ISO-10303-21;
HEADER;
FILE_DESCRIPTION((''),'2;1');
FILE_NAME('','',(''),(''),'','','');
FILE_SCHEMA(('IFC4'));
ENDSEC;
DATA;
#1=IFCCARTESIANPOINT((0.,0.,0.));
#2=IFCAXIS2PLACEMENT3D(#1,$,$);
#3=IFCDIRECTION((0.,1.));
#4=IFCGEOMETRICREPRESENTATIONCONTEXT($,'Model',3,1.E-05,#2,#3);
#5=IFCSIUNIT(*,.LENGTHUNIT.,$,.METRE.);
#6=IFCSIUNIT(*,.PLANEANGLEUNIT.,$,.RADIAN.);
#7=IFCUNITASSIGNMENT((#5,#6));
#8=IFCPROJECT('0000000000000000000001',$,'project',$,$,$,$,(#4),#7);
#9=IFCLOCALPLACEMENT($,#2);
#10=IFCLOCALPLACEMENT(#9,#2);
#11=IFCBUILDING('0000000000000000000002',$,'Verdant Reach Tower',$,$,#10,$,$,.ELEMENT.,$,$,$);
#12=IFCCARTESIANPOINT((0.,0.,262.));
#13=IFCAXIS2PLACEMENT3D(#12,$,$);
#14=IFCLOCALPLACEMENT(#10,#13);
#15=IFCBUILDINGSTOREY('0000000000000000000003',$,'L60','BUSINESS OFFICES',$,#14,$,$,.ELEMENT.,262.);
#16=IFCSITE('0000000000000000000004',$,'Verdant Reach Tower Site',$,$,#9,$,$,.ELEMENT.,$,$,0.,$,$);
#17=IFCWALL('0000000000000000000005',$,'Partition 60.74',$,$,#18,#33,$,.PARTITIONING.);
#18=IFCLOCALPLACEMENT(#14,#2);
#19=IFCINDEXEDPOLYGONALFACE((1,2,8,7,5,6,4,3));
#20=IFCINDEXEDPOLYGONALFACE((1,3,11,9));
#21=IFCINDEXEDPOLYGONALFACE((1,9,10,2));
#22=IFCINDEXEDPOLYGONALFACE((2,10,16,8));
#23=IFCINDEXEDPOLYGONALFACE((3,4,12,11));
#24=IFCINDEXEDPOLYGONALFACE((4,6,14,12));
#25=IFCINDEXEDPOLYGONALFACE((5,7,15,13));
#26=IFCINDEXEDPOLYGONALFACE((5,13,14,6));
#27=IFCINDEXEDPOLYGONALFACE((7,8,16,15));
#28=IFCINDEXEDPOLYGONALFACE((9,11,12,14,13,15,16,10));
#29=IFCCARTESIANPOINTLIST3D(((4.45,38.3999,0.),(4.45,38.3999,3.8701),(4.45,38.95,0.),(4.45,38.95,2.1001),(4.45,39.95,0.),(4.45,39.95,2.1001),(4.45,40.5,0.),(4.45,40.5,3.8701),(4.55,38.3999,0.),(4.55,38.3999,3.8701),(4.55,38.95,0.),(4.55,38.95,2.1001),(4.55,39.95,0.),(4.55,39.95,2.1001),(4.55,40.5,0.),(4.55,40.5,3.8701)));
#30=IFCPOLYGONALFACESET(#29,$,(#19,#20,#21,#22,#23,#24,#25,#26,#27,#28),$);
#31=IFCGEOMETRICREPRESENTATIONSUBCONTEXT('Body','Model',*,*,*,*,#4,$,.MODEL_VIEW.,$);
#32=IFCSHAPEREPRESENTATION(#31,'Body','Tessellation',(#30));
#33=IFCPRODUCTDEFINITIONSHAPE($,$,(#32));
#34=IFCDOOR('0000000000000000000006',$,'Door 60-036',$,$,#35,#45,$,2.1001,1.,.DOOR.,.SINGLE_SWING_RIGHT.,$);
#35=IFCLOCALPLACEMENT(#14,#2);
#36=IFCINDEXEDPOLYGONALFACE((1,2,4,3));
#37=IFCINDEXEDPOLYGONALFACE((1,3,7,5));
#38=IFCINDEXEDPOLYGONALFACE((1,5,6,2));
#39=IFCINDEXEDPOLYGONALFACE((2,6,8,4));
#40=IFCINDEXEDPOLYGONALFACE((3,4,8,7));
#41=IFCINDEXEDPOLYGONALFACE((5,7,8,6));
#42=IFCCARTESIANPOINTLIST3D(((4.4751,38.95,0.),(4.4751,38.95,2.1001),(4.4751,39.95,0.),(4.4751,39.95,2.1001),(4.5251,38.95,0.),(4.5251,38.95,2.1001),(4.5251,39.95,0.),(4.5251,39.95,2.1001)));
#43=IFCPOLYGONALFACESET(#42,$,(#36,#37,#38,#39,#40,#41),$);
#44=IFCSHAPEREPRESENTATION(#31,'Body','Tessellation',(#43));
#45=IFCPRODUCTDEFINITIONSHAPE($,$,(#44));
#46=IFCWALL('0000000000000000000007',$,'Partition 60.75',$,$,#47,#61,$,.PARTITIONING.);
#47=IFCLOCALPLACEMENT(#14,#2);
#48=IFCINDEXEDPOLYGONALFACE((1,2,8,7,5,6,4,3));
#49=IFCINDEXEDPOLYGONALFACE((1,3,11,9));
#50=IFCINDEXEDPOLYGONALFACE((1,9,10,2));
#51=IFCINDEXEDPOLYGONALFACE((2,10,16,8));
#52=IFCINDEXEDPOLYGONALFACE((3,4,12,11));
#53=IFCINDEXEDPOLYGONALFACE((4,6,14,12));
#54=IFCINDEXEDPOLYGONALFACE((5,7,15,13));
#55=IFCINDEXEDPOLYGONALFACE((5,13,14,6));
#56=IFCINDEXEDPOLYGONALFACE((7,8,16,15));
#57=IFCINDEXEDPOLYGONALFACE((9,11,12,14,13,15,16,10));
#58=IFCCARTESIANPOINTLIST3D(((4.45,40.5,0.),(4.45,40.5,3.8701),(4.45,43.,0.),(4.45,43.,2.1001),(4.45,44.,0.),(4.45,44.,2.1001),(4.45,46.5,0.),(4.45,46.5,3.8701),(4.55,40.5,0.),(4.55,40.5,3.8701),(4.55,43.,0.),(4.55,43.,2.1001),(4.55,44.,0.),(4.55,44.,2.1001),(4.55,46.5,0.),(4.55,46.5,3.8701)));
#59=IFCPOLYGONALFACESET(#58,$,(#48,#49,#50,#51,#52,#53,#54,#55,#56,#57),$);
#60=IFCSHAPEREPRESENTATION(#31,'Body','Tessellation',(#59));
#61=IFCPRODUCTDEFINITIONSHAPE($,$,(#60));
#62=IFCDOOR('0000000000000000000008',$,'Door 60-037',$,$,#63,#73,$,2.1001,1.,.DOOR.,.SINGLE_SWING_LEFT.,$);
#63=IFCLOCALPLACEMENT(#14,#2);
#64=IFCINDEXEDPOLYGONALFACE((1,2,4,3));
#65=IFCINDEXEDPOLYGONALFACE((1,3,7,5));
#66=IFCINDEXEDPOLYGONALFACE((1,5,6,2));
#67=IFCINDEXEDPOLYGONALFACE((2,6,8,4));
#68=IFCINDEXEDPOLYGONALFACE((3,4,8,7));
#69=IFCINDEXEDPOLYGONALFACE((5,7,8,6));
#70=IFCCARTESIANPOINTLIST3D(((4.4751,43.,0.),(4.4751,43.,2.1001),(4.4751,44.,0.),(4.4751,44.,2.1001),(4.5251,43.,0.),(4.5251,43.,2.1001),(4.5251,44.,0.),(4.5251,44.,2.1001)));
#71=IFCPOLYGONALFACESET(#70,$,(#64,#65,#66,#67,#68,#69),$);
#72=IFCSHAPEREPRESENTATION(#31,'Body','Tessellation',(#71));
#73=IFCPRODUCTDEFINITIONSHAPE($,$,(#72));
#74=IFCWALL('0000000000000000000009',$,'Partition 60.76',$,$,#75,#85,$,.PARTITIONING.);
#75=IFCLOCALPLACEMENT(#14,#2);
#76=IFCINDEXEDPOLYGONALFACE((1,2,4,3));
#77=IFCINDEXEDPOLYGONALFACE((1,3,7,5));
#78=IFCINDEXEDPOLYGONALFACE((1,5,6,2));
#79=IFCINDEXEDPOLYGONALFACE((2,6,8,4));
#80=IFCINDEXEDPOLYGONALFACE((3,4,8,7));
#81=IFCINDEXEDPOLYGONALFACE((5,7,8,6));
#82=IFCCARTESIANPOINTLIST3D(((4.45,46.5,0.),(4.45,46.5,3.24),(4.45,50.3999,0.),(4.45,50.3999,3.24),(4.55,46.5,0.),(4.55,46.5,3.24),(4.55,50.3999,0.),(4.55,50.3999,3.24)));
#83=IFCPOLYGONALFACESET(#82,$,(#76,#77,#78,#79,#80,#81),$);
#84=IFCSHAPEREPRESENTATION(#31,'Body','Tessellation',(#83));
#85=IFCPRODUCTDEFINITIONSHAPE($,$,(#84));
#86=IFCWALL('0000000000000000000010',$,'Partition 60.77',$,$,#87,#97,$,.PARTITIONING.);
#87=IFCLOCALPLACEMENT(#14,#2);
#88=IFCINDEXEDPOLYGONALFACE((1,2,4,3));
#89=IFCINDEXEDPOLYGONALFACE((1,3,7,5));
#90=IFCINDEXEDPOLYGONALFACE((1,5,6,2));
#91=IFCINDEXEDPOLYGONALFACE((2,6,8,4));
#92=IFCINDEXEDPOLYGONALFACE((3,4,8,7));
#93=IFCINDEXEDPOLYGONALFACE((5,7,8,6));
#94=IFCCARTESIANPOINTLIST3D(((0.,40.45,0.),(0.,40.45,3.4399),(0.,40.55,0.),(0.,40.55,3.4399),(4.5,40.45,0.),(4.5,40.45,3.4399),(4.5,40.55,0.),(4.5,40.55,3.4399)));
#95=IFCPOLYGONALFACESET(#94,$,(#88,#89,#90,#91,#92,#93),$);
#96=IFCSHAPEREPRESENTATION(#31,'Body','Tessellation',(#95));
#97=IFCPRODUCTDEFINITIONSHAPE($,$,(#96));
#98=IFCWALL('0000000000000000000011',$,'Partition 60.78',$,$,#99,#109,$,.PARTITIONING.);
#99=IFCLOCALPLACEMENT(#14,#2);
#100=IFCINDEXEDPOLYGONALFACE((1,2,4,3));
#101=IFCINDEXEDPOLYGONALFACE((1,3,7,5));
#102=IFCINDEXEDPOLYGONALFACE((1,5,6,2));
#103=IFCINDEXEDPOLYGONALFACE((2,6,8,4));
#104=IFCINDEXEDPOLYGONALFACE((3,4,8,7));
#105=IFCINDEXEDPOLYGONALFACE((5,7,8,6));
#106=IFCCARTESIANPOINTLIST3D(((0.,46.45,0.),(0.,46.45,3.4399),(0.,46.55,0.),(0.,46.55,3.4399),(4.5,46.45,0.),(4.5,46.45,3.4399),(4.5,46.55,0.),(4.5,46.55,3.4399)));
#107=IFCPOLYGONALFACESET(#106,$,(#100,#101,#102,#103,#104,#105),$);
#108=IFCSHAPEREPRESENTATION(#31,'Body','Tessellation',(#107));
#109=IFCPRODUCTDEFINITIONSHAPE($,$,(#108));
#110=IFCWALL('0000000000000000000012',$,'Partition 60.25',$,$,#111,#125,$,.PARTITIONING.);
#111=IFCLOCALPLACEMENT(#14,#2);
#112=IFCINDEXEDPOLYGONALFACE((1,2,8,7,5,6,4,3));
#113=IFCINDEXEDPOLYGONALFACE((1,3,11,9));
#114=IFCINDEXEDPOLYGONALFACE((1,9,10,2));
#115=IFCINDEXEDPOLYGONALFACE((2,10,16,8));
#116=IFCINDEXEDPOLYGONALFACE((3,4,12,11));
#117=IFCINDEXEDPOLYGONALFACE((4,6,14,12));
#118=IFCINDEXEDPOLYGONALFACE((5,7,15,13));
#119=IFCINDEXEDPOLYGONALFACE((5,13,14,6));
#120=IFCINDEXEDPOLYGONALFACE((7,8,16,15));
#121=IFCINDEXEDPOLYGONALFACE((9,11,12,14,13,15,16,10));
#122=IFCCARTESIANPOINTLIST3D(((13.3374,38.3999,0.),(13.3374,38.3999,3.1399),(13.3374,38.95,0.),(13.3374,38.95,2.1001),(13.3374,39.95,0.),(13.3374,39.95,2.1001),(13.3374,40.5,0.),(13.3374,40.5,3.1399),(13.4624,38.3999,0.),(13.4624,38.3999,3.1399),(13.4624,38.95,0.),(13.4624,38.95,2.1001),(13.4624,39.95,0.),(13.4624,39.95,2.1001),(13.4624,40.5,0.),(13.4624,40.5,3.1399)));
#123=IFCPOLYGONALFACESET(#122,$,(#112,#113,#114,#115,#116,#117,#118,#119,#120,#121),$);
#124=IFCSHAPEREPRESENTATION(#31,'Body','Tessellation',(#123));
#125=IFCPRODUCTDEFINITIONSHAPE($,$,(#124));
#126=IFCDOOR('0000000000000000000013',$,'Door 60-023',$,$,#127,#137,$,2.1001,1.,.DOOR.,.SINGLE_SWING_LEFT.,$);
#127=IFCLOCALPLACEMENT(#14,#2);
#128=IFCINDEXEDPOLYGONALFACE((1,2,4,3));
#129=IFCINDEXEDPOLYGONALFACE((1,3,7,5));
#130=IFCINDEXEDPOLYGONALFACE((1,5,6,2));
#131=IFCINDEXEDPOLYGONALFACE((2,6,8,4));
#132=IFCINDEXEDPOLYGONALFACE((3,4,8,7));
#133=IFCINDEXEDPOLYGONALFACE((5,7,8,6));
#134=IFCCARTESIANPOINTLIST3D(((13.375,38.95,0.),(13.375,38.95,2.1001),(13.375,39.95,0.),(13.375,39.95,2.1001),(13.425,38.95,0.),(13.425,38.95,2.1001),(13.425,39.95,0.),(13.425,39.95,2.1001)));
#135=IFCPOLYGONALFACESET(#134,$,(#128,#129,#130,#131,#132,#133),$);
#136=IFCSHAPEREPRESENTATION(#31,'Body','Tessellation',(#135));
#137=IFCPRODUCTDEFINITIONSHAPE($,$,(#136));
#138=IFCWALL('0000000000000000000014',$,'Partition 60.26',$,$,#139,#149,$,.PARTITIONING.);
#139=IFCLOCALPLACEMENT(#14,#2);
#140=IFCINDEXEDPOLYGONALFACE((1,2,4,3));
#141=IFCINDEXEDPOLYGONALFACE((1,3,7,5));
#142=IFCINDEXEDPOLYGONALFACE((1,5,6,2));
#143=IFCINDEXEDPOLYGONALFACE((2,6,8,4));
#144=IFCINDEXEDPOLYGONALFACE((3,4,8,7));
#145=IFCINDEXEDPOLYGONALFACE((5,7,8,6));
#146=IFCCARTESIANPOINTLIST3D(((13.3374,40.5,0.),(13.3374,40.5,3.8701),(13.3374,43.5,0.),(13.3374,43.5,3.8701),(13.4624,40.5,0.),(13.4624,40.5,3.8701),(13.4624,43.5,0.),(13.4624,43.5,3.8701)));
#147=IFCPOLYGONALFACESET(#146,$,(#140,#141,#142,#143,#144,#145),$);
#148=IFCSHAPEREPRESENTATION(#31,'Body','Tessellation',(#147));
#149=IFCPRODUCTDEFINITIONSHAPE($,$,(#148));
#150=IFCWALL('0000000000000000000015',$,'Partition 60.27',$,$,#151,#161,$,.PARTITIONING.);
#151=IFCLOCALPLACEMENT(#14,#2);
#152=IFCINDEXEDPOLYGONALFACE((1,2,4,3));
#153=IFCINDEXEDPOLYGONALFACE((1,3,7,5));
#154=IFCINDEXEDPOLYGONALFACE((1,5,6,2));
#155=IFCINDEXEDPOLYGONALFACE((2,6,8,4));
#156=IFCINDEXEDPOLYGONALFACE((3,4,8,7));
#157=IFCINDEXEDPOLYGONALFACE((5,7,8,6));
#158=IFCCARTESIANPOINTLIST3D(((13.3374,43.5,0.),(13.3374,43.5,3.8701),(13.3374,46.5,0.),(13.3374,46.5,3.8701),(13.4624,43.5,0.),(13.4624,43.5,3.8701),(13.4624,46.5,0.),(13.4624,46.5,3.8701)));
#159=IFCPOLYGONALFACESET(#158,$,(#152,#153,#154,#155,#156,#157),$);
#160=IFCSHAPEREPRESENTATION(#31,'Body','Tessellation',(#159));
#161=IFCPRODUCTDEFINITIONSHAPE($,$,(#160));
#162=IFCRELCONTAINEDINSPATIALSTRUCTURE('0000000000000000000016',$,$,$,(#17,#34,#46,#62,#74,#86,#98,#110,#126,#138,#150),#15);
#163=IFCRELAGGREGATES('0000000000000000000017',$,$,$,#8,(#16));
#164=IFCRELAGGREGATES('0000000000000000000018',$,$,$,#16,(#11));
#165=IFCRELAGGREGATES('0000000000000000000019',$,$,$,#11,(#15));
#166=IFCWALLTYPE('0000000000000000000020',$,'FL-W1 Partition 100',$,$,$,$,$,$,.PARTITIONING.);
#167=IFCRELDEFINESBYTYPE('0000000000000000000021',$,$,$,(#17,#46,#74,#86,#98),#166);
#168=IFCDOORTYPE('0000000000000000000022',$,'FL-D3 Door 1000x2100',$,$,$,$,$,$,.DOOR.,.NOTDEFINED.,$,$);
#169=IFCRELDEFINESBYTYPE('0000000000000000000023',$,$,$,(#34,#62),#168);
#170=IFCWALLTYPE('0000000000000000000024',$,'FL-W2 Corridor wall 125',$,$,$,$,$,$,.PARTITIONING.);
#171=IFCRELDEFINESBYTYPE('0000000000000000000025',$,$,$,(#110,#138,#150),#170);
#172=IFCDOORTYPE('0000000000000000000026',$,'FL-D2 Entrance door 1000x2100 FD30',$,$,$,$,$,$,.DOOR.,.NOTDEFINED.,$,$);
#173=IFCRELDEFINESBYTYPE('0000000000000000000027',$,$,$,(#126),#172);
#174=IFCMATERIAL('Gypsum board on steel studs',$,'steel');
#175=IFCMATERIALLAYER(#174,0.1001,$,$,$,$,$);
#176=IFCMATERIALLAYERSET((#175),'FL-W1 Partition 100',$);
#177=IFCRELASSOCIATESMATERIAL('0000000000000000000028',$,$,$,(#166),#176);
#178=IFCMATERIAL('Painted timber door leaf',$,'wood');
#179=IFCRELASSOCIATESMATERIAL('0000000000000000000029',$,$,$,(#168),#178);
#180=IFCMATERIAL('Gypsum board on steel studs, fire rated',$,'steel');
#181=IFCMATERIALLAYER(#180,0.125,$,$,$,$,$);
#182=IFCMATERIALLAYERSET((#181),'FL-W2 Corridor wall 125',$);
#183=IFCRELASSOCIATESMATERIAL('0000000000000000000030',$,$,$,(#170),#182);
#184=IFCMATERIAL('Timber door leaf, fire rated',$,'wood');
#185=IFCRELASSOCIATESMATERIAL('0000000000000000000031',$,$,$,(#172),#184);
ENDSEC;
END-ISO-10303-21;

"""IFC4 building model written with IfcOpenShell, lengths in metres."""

from ifc_helpers import new_model, si_unit, direction, frame, frame_2d, origin, place, context, subcontext, project, spatial, rectangle, extrude, material, layer, layer_set, type_object, element, fill, save


model = new_model("IFC4")

# Units and contexts
model_context = context("Model", 3, precision=1e-05, world=origin(), true_north=direction((0.0, 1.0)))
body_context = subcontext(model_context, "Body", "Model", "MODEL_VIEW")
ifc_project = project(units=[si_unit("LENGTHUNIT", "METRE"), si_unit("PLANEANGLEUNIT", "RADIAN")], contexts=[model_context])

# Site, building, storey
site_placement = place(None, origin())
site = spatial("IfcSite", under=ifc_project, at=site_placement, Name="Verdant Reach Tower Site", CompositionType="ELEMENT", RefElevation=0.0)
building_placement = place(site_placement, origin())
building = spatial("IfcBuilding", under=site, at=building_placement, Name="Verdant Reach Tower", CompositionType="ELEMENT")
storey_placement = place(building_placement, frame((0.0, 0.0, 262.0)))
storey = spatial("IfcBuildingStorey", under=building, at=storey_placement, Name="L60", Description="BUSINESS OFFICES", CompositionType="ELEMENT", Elevation=262.0)

# Shared definitions
ifc_material_1 = material(Name="Gypsum board on steel studs", Category="steel")
ifc_layer_1 = layer(ifc_material_1, 0.1001)
ifc_layer_set_1 = layer_set([ifc_layer_1], Name="FL-W1 Partition 100")
wall_type_1 = type_object("IfcWallType", Name="FL-W1 Partition 100", PredefinedType="PARTITIONING", material=ifc_layer_set_1)

# Shared definitions
ifc_material_2 = material(Name="Painted timber door leaf", Category="wood")
door_type_1 = type_object("IfcDoorType", Name="FL-D3 Door 1000x2100", OperationType="NOTDEFINED", PredefinedType="DOOR", material=ifc_material_2)

# Walls, openings, doors
wall_1_placement = place(storey_placement, frame((4.5, 38.3999, 0.0), z_axis=(0.0, 0.0, 1.0), x_axis=(0.0, 1.0, 0.0)))
wall_1 = element("IfcWall", 1, at=wall_1_placement, inside=storey, type_object=wall_type_1, Name="Partition 60.74", PredefinedType="PARTITIONING", context=body_context, shape_type="SweptSolid", body=[
    extrude(rectangle(XDim=2.1001, YDim=0.1001, at=frame_2d((1.05, 0.0))), origin(), (0.0, 0.0, 1.0), 3.8701),
])
opening_1_placement = place(wall_1_placement, frame((0.55, 0.0, 0.0)))
opening_1 = element("IfcOpeningElement", 2, at=opening_1_placement, cuts=wall_1, PredefinedType="OPENING", context=body_context, shape_type="SweptSolid", body=[
    extrude(rectangle(XDim=1.0, YDim=2.1001, at=frame_2d((0.5, 1.05))), frame((0.0, 0.0601, 0.0), z_axis=(0.0, -1.0, 0.0), x_axis=(1.0, 0.0, 0.0)), (0.0, 0.0, 1.0), 0.1201),
])
door_1_placement = place(opening_1_placement, origin())
door_1 = element("IfcDoor", 3, at=door_1_placement, inside=storey, type_object=door_type_1, Name="Door 60-036", OperationType="SINGLE_SWING_RIGHT", OverallHeight=2.1001, OverallWidth=1.0, PredefinedType="DOOR", context=body_context, shape_type="SweptSolid", body=[
    extrude(rectangle(XDim=1.0, YDim=2.1001, at=frame_2d((0.5, 1.05))), frame((0.0, 0.0249, 0.0), z_axis=(0.0, -1.0, 0.0), x_axis=(1.0, 0.0, 0.0)), (0.0, 0.0, 1.0), 0.05),
])
fill(opening_1, door_1)
wall_2_placement = place(storey_placement, frame((4.5, 40.5, 0.0), z_axis=(0.0, 0.0, 1.0), x_axis=(0.0, 1.0, 0.0)))
wall_2 = element("IfcWall", 4, at=wall_2_placement, inside=storey, type_object=wall_type_1, Name="Partition 60.75", PredefinedType="PARTITIONING", context=body_context, shape_type="SweptSolid", body=[
    extrude(rectangle(XDim=6.0, YDim=0.1001, at=frame_2d((3.0, 0.0))), origin(), (0.0, 0.0, 1.0), 3.8701),
])
opening_2_placement = place(wall_2_placement, frame((2.5, 0.0, 0.0)))
opening_2 = element("IfcOpeningElement", 5, at=opening_2_placement, cuts=wall_2, PredefinedType="OPENING", context=body_context, shape_type="SweptSolid", body=[
    extrude(rectangle(XDim=1.0, YDim=2.1001, at=frame_2d((0.5, 1.05))), frame((0.0, 0.0601, 0.0), z_axis=(0.0, -1.0, 0.0), x_axis=(1.0, 0.0, 0.0)), (0.0, 0.0, 1.0), 0.1201),
])
door_2_placement = place(opening_2_placement, origin())
door_2 = element("IfcDoor", 6, at=door_2_placement, inside=storey, type_object=door_type_1, Name="Door 60-037", OperationType="SINGLE_SWING_LEFT", OverallHeight=2.1001, OverallWidth=1.0, PredefinedType="DOOR", context=body_context, shape_type="SweptSolid", body=[
    extrude(rectangle(XDim=1.0, YDim=2.1001, at=frame_2d((0.5, 1.05))), frame((0.0, 0.0249, 0.0), z_axis=(0.0, -1.0, 0.0), x_axis=(1.0, 0.0, 0.0)), (0.0, 0.0, 1.0), 0.05),
])
fill(opening_2, door_2)

# Walls
wall_3_placement = place(storey_placement, frame((4.5, 50.3999, 0.0), z_axis=(0.0, 0.0, 1.0), x_axis=(0.0, -1.0, 0.0)))
element("IfcWall", 7, at=wall_3_placement, inside=storey, type_object=wall_type_1, Name="Partition 60.76", PredefinedType="PARTITIONING", context=body_context, shape_type="SweptSolid", body=[
    extrude(rectangle(XDim=3.8999, YDim=0.1001, at=frame_2d((1.95, 0.0))), origin(), (0.0, 0.0, 1.0), 3.24),
])
for number, where, z_axis, x_axis, name in (
    (8, (4.5, 40.5, 0.0), (0.0, 0.0, 1.0), (-1.0, 0.0, 0.0), "Partition 60.77"),
    (9, (4.5, 46.5, 0.0), (0.0, 0.0, 1.0), (-1.0, 0.0, 0.0), "Partition 60.78"),
):
    element("IfcWall", number, at=place(storey_placement, frame(where, z_axis=z_axis, x_axis=x_axis)), inside=storey, type_object=wall_type_1, Name=name, PredefinedType="PARTITIONING", context=body_context, shape_type="SweptSolid", body=[
        extrude(rectangle(XDim=4.5, YDim=0.1001, at=frame_2d((2.25, 0.0))), origin(), (0.0, 0.0, 1.0), 3.4399),
    ])

# Wall, opening, door
ifc_material_3 = material(Name="Gypsum board on steel studs, fire rated", Category="steel")
ifc_layer_2 = layer(ifc_material_3, 0.125)
ifc_layer_set_2 = layer_set([ifc_layer_2], Name="FL-W2 Corridor wall 125")
wall_type_2 = type_object("IfcWallType", Name="FL-W2 Corridor wall 125", PredefinedType="PARTITIONING", material=ifc_layer_set_2)
wall_4_placement = place(storey_placement, frame((13.3999, 38.3999, 0.0), z_axis=(0.0, 0.0, 1.0), x_axis=(0.0, 1.0, 0.0)))
wall_4 = element("IfcWall", 10, at=wall_4_placement, inside=storey, type_object=wall_type_2, Name="Partition 60.25", PredefinedType="PARTITIONING", context=body_context, shape_type="SweptSolid", body=[
    extrude(rectangle(XDim=2.1001, YDim=0.125, at=frame_2d((1.05, 0.0))), origin(), (0.0, 0.0, 1.0), 3.1399),
])
opening_3_placement = place(wall_4_placement, frame((0.55, 0.0, 0.0)))
opening_3 = element("IfcOpeningElement", 11, at=opening_3_placement, cuts=wall_4, PredefinedType="OPENING", context=body_context, shape_type="SweptSolid", body=[
    extrude(rectangle(XDim=1.0, YDim=2.1001, at=frame_2d((0.5, 1.05))), frame((0.0, 0.0725, 0.0), z_axis=(0.0, -1.0, 0.0), x_axis=(1.0, 0.0, 0.0)), (0.0, 0.0, 1.0), 0.145),
])
ifc_material_4 = material(Name="Timber door leaf, fire rated", Category="wood")
door_type_2 = type_object("IfcDoorType", Name="FL-D2 Entrance door 1000x2100 FD30", OperationType="NOTDEFINED", PredefinedType="DOOR", material=ifc_material_4)
door_3_placement = place(opening_3_placement, origin())
door_3 = element("IfcDoor", 12, at=door_3_placement, inside=storey, type_object=door_type_2, Name="Door 60-023", OperationType="SINGLE_SWING_LEFT", OverallHeight=2.1001, OverallWidth=1.0, PredefinedType="DOOR", context=body_context, shape_type="SweptSolid", body=[
    extrude(rectangle(XDim=1.0, YDim=2.1001, at=frame_2d((0.5, 1.05))), frame((0.0, 0.0249, 0.0), z_axis=(0.0, -1.0, 0.0), x_axis=(1.0, 0.0, 0.0)), (0.0, 0.0, 1.0), 0.05),
])
fill(opening_3, door_3)

# Walls
for number, where, z_axis, x_axis, name in (
    (13, (13.3999, 40.5, 0.0), (0.0, 0.0, 1.0), (0.0, 1.0, 0.0), "Partition 60.26"),
    (14, (13.3999, 43.5, 0.0), (0.0, 0.0, 1.0), (0.0, 1.0, 0.0), "Partition 60.27"),
):
    element("IfcWall", number, at=place(storey_placement, frame(where, z_axis=z_axis, x_axis=x_axis)), inside=storey, type_object=wall_type_2, Name=name, PredefinedType="PARTITIONING", context=body_context, shape_type="SweptSolid", body=[
        extrude(rectangle(XDim=3.0, YDim=0.125, at=frame_2d((1.5, 0.0))), origin(), (0.0, 0.0, 1.0), 3.8701),
    ])

save(model, "model.ifc")
